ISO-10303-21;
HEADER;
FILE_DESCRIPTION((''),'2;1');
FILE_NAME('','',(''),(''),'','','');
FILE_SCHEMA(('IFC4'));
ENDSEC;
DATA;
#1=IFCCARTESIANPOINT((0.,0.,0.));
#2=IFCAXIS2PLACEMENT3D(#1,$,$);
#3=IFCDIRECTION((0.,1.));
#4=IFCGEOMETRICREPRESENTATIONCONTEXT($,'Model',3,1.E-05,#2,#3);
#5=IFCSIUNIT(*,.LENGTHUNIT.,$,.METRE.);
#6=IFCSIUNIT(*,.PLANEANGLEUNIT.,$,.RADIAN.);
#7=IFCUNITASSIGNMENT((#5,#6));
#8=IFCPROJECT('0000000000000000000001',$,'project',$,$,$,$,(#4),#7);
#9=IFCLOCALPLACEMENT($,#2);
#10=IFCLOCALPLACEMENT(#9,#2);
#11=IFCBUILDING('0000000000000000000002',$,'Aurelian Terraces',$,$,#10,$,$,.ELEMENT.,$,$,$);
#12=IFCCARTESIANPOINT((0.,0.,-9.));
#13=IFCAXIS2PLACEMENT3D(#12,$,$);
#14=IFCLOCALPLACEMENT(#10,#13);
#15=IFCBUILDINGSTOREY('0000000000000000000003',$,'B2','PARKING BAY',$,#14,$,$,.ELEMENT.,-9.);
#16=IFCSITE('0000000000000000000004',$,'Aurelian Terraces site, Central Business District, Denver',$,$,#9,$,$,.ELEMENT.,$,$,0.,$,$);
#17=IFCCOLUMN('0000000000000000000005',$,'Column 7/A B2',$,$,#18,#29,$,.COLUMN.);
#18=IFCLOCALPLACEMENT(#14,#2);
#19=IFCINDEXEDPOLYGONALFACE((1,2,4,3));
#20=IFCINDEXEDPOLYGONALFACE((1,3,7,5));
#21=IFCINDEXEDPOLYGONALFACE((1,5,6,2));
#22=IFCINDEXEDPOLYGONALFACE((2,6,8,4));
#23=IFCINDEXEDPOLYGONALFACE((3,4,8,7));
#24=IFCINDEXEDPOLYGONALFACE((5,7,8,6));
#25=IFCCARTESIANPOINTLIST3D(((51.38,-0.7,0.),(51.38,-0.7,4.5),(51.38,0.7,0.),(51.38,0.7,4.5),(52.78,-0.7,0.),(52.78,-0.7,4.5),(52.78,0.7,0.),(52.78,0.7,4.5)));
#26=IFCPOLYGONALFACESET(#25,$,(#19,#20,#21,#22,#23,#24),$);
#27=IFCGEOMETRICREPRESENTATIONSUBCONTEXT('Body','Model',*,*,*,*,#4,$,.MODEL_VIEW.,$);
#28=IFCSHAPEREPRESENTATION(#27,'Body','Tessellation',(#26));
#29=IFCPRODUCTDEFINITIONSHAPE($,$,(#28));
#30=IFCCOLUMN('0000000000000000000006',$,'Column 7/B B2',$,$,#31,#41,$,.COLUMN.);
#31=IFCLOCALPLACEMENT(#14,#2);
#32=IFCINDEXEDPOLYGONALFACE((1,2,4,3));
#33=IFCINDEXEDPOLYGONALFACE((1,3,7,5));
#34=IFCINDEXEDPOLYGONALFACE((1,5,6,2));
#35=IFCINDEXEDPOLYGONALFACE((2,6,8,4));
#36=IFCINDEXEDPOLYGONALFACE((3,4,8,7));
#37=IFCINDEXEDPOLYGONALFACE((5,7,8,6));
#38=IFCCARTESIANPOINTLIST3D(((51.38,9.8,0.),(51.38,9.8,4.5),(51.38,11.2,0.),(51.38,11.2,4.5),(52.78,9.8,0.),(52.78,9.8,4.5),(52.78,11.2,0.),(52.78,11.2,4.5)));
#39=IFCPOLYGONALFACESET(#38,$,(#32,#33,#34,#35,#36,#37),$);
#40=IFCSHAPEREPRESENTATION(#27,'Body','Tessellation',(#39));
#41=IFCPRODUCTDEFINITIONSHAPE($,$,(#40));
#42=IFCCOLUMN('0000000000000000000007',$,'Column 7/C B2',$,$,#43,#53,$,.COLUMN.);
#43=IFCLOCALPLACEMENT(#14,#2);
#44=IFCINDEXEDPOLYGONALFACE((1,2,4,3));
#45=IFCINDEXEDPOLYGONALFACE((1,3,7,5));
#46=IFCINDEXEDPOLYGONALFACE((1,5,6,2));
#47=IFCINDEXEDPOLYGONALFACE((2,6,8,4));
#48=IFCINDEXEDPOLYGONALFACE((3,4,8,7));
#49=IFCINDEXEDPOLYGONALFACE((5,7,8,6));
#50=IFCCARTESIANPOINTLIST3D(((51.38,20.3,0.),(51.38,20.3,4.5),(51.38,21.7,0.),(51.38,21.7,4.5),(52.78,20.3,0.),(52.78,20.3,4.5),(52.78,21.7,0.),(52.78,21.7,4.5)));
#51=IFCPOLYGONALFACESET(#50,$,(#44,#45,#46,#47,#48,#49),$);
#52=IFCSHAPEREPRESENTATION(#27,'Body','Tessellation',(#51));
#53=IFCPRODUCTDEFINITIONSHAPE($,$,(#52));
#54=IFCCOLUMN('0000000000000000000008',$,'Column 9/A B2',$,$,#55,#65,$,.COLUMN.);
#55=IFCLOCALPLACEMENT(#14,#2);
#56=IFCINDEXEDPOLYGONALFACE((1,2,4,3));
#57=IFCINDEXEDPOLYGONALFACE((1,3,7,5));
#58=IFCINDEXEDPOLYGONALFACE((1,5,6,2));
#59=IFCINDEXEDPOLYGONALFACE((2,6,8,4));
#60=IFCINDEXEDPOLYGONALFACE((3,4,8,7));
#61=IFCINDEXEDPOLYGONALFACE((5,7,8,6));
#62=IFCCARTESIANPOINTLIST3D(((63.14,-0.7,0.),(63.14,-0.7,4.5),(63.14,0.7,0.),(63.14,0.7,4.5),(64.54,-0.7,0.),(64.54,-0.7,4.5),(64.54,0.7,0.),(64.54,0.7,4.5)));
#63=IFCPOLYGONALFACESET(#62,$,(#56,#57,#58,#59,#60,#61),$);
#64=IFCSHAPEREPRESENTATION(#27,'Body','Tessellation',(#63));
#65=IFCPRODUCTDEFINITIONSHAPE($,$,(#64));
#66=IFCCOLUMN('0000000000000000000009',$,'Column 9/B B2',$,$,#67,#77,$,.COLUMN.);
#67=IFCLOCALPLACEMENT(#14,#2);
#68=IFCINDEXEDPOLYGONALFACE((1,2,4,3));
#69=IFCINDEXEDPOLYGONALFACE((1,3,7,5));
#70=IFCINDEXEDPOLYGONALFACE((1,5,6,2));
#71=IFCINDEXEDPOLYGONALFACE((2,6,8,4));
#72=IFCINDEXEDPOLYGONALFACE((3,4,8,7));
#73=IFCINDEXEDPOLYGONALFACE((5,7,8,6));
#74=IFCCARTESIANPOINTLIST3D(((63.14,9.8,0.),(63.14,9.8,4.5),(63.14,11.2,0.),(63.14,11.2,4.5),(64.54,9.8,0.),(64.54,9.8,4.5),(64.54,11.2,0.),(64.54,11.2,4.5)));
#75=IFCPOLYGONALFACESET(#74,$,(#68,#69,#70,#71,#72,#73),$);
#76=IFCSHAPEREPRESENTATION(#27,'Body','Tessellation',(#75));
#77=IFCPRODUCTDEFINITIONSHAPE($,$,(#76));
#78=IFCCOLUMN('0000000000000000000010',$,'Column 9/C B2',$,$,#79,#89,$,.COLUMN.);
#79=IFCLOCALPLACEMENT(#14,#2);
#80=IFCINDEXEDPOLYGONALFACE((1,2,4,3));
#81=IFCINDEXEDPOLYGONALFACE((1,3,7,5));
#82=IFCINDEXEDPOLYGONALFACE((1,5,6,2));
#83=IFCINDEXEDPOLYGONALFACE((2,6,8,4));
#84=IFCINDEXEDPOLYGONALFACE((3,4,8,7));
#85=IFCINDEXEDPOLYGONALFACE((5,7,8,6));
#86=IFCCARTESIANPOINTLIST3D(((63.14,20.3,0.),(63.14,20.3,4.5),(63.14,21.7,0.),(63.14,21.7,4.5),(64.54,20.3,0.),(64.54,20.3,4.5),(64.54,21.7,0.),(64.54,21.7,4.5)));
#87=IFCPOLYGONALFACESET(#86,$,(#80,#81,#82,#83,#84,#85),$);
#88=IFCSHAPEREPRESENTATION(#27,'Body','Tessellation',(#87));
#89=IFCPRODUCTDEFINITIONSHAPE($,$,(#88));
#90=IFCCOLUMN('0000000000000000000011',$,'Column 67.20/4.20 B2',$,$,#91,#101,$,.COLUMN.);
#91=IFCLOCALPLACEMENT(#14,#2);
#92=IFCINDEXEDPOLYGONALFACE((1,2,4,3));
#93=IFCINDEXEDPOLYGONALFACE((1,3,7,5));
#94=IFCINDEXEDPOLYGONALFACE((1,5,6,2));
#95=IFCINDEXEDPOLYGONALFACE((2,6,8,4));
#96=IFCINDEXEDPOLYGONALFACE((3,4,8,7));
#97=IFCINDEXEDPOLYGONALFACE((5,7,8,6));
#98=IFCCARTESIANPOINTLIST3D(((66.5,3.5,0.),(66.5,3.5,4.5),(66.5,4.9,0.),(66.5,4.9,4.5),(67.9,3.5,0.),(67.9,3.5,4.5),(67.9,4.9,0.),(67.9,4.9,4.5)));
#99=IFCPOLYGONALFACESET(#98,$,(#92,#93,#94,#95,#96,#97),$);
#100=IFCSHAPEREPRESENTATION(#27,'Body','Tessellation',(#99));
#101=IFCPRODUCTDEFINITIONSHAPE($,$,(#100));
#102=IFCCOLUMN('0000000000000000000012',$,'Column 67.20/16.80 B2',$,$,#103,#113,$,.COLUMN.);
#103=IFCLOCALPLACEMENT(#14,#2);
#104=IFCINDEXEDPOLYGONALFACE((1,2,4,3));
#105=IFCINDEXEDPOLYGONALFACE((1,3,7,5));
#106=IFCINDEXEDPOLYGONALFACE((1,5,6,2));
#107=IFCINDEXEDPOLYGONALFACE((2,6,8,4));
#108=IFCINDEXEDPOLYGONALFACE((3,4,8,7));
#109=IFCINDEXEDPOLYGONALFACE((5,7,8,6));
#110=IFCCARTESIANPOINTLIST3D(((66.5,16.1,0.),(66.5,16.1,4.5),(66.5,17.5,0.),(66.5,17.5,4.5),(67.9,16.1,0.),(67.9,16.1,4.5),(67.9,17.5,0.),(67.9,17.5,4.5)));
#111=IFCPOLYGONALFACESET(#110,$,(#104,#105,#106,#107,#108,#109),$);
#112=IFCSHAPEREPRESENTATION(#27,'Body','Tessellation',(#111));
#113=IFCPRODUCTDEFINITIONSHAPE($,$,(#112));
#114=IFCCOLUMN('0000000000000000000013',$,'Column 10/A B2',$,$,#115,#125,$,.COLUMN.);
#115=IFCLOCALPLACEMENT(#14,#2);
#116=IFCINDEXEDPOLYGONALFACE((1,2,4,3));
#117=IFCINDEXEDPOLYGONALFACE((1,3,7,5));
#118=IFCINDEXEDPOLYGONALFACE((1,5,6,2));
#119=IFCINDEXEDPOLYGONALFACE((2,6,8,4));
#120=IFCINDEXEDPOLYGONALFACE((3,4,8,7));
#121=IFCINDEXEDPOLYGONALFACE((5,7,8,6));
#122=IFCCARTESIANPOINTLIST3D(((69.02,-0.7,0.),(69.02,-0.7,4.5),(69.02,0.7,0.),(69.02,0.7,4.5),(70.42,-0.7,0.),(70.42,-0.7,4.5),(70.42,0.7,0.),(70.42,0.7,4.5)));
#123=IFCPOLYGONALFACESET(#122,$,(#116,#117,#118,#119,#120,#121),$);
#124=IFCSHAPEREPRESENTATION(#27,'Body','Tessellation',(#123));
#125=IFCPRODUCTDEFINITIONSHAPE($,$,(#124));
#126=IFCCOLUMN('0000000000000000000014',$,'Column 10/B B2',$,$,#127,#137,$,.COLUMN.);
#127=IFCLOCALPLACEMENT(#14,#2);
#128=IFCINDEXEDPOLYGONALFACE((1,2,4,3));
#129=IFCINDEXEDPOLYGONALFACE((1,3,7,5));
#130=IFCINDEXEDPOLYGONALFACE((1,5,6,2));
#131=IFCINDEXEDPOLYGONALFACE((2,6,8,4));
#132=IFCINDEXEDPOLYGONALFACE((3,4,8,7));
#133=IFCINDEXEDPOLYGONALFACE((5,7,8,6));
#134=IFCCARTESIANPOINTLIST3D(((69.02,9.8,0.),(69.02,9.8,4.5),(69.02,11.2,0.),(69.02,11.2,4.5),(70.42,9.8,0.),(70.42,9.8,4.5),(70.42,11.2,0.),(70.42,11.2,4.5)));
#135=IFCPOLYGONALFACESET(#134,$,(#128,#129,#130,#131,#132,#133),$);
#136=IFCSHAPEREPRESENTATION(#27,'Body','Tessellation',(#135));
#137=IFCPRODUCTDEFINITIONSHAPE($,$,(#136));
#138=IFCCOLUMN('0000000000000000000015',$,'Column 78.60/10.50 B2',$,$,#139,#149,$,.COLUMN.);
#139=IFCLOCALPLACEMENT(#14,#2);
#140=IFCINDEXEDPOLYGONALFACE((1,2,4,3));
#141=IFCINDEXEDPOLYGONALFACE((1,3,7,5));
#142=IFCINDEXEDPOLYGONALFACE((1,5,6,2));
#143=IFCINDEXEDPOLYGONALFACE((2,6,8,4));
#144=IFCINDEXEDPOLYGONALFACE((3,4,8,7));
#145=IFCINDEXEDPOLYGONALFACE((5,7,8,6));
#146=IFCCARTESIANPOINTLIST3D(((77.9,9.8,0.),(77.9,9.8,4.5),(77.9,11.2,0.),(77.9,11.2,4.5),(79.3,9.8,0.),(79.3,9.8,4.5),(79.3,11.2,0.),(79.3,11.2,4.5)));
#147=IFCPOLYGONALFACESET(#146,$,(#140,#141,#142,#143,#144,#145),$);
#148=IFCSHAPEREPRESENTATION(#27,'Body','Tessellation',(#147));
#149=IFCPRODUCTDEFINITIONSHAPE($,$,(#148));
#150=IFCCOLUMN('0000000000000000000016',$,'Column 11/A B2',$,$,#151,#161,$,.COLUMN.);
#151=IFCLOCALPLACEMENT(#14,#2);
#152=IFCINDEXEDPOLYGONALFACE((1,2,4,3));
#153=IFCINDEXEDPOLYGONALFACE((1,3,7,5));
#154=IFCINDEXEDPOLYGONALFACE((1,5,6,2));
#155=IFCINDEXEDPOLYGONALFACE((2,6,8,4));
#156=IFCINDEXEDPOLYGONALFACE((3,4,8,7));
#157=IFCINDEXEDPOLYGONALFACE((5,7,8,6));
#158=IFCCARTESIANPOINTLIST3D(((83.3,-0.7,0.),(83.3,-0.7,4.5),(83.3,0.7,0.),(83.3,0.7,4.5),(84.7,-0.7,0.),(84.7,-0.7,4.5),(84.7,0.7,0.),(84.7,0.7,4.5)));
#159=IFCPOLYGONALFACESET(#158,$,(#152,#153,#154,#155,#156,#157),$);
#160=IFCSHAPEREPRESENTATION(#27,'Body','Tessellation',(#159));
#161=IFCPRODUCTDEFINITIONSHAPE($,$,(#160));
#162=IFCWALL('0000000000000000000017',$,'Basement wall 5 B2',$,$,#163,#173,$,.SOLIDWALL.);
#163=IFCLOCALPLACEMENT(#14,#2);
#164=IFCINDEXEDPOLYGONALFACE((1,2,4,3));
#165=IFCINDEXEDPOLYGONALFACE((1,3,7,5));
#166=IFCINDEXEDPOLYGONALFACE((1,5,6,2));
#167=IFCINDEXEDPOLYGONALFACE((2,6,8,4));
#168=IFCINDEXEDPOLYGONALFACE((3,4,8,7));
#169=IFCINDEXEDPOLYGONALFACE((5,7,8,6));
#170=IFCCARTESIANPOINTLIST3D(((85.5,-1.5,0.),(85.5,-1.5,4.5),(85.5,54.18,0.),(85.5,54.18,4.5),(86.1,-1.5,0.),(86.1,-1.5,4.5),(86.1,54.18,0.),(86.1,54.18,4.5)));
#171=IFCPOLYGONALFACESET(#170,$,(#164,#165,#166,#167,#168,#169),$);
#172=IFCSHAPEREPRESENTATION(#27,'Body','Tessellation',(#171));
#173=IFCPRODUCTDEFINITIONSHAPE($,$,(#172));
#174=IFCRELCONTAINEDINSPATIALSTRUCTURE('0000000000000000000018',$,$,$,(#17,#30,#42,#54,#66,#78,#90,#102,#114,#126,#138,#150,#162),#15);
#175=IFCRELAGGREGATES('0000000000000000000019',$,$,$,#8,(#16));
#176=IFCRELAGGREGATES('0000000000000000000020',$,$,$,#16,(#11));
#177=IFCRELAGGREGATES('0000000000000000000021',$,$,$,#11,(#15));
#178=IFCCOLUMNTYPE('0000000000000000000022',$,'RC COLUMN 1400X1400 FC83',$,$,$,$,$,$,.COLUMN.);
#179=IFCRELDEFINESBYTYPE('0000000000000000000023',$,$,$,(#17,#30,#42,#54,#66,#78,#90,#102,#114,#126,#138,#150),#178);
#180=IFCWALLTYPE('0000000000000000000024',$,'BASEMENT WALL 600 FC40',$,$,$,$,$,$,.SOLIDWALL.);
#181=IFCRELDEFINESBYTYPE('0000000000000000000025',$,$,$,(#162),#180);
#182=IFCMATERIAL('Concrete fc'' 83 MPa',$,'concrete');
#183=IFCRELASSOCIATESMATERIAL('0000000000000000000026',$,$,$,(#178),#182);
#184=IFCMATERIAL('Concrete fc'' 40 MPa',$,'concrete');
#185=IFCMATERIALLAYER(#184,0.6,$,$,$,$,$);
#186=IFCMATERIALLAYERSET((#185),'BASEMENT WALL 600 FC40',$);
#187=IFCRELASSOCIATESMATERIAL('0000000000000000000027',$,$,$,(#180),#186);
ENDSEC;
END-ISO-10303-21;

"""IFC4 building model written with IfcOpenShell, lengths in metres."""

from ifc_helpers import new_model, si_unit, direction, frame, frame_2d, origin, origin_2d, place, context, subcontext, project, spatial, rectangle, extrude, source, transform, mapped, material, layer, layer_set, material_profile, profile_set, type_object, element, save


model = new_model("IFC4")

# Units and contexts
model_context = context("Model", 3, precision=1e-05, world=origin(), true_north=direction((0.0, 1.0)))
body_context = subcontext(model_context, "Body", "Model", "MODEL_VIEW")
ifc_project = project(units=[si_unit("LENGTHUNIT", "METRE"), si_unit("PLANEANGLEUNIT", "RADIAN")], contexts=[model_context])

# Site, building, storey
site_placement = place(None, origin())
site = spatial("IfcSite", under=ifc_project, at=site_placement, Name="Aurelian Terraces site, Central Business District, Denver", CompositionType="ELEMENT", RefElevation=0.0)
building_placement = place(site_placement, origin())
building = spatial("IfcBuilding", under=site, at=building_placement, Name="Aurelian Terraces", CompositionType="ELEMENT")
storey_placement = place(building_placement, frame((0.0, 0.0, -9.0)))
storey = spatial("IfcBuildingStorey", under=building, at=storey_placement, Name="B2", Description="PARKING BAY", CompositionType="ELEMENT", Elevation=-9.0)

# Columns
ifc_material_1 = material(Name="Concrete fc' 83 MPa", Category="concrete")
ifc_material_profile = material_profile(ifc_material_1, rectangle(XDim=1.4, YDim=1.4, at=origin_2d()))
ifc_profile_set = profile_set([ifc_material_profile], Name="Concrete fc' 83 MPa")
column_type = type_object("IfcColumnType", Name="RC COLUMN 1400X1400 FC83", PredefinedType="COLUMN", material=ifc_profile_set)
shared_shape_1 = source(origin(), body_context, "Body", "SweptSolid", [
    extrude(rectangle(XDim=1.4, YDim=1.4, at=origin_2d()), origin(), (0.0, 0.0, 1.0), 4.5),
])
for number, where, z_axis, x_axis, name in (
    (1, (52.08, 0.0, 0.0), (0.0, 0.0, 1.0), (1.0, 0.0, 0.0), "Column 7/A B2"),
    (2, (52.08, 10.5, 0.0), (0.0, 0.0, 1.0), (1.0, 0.0, 0.0), "Column 7/B B2"),
    (3, (52.08, 21.0, 0.0), (0.0, 0.0, 1.0), (1.0, 0.0, 0.0), "Column 7/C B2"),
    (4, (63.84, 0.0, 0.0), (0.0, 0.0, 1.0), (1.0, 0.0, 0.0), "Column 9/A B2"),
    (5, (63.84, 10.5, 0.0), (0.0, 0.0, 1.0), (1.0, 0.0, 0.0), "Column 9/B B2"),
    (6, (63.84, 21.0, 0.0), (0.0, 0.0, 1.0), (1.0, 0.0, 0.0), "Column 9/C B2"),
    (7, (67.2, 4.2, 0.0), (0.0, 0.0, 1.0), (1.0, 0.0, 0.0), "Column 67.20/4.20 B2"),
    (8, (67.2, 16.8, 0.0), (0.0, 0.0, 1.0), (1.0, 0.0, 0.0), "Column 67.20/16.80 B2"),
    (9, (69.72, 0.0, 0.0), (0.0, 0.0, 1.0), (1.0, 0.0, 0.0), "Column 10/A B2"),
    (10, (69.72, 10.5, 0.0), (0.0, 0.0, 1.0), (1.0, 0.0, 0.0), "Column 10/B B2"),
    (11, (78.6, 10.5, 0.0), (0.0, 0.0, 1.0), (1.0, 0.0, 0.0), "Column 78.60/10.50 B2"),
    (12, (84.0, 0.0, 0.0), (0.0, 0.0, 1.0), (1.0, 0.0, 0.0), "Column 11/A B2"),
):
    element("IfcColumn", number, at=place(storey_placement, frame(where, z_axis=z_axis, x_axis=x_axis)), inside=storey, type_object=column_type, Name=name, PredefinedType="COLUMN", context=body_context, shape_type="MappedRepresentation", body=[
        mapped(shared_shape_1, transform((0.0, 0.0, 0.0), scale=1.0)),
    ])

# Wall
ifc_material_2 = material(Name="Concrete fc' 40 MPa", Category="concrete")
ifc_layer_1 = layer(ifc_material_2, 0.6)
ifc_layer_set_1 = layer_set([ifc_layer_1], Name="BASEMENT WALL 600 FC40")
wall_type_1 = type_object("IfcWallType", Name="BASEMENT WALL 600 FC40", PredefinedType="SOLIDWALL", material=ifc_layer_set_1)
shared_shape_2 = source(origin(), body_context, "Body", "SweptSolid", [
    extrude(rectangle(XDim=55.68, YDim=0.6, at=frame_2d((27.84, 0.0))), origin(), (0.0, 0.0, 1.0), 4.5),
])
wall_1_placement = place(storey_placement, frame((85.8, -1.5, 0.0), z_axis=(0.0, 0.0, 1.0), x_axis=(0.0, 1.0, 0.0)))
element("IfcWall", 13, at=wall_1_placement, inside=storey, type_object=wall_type_1, Name="Basement wall 5 B2", PredefinedType="SOLIDWALL", context=body_context, shape_type="MappedRepresentation", body=[
    mapped(shared_shape_2, transform((0.0, 0.0, 0.0), scale=1.0)),
])

save(model, "model.ifc")
